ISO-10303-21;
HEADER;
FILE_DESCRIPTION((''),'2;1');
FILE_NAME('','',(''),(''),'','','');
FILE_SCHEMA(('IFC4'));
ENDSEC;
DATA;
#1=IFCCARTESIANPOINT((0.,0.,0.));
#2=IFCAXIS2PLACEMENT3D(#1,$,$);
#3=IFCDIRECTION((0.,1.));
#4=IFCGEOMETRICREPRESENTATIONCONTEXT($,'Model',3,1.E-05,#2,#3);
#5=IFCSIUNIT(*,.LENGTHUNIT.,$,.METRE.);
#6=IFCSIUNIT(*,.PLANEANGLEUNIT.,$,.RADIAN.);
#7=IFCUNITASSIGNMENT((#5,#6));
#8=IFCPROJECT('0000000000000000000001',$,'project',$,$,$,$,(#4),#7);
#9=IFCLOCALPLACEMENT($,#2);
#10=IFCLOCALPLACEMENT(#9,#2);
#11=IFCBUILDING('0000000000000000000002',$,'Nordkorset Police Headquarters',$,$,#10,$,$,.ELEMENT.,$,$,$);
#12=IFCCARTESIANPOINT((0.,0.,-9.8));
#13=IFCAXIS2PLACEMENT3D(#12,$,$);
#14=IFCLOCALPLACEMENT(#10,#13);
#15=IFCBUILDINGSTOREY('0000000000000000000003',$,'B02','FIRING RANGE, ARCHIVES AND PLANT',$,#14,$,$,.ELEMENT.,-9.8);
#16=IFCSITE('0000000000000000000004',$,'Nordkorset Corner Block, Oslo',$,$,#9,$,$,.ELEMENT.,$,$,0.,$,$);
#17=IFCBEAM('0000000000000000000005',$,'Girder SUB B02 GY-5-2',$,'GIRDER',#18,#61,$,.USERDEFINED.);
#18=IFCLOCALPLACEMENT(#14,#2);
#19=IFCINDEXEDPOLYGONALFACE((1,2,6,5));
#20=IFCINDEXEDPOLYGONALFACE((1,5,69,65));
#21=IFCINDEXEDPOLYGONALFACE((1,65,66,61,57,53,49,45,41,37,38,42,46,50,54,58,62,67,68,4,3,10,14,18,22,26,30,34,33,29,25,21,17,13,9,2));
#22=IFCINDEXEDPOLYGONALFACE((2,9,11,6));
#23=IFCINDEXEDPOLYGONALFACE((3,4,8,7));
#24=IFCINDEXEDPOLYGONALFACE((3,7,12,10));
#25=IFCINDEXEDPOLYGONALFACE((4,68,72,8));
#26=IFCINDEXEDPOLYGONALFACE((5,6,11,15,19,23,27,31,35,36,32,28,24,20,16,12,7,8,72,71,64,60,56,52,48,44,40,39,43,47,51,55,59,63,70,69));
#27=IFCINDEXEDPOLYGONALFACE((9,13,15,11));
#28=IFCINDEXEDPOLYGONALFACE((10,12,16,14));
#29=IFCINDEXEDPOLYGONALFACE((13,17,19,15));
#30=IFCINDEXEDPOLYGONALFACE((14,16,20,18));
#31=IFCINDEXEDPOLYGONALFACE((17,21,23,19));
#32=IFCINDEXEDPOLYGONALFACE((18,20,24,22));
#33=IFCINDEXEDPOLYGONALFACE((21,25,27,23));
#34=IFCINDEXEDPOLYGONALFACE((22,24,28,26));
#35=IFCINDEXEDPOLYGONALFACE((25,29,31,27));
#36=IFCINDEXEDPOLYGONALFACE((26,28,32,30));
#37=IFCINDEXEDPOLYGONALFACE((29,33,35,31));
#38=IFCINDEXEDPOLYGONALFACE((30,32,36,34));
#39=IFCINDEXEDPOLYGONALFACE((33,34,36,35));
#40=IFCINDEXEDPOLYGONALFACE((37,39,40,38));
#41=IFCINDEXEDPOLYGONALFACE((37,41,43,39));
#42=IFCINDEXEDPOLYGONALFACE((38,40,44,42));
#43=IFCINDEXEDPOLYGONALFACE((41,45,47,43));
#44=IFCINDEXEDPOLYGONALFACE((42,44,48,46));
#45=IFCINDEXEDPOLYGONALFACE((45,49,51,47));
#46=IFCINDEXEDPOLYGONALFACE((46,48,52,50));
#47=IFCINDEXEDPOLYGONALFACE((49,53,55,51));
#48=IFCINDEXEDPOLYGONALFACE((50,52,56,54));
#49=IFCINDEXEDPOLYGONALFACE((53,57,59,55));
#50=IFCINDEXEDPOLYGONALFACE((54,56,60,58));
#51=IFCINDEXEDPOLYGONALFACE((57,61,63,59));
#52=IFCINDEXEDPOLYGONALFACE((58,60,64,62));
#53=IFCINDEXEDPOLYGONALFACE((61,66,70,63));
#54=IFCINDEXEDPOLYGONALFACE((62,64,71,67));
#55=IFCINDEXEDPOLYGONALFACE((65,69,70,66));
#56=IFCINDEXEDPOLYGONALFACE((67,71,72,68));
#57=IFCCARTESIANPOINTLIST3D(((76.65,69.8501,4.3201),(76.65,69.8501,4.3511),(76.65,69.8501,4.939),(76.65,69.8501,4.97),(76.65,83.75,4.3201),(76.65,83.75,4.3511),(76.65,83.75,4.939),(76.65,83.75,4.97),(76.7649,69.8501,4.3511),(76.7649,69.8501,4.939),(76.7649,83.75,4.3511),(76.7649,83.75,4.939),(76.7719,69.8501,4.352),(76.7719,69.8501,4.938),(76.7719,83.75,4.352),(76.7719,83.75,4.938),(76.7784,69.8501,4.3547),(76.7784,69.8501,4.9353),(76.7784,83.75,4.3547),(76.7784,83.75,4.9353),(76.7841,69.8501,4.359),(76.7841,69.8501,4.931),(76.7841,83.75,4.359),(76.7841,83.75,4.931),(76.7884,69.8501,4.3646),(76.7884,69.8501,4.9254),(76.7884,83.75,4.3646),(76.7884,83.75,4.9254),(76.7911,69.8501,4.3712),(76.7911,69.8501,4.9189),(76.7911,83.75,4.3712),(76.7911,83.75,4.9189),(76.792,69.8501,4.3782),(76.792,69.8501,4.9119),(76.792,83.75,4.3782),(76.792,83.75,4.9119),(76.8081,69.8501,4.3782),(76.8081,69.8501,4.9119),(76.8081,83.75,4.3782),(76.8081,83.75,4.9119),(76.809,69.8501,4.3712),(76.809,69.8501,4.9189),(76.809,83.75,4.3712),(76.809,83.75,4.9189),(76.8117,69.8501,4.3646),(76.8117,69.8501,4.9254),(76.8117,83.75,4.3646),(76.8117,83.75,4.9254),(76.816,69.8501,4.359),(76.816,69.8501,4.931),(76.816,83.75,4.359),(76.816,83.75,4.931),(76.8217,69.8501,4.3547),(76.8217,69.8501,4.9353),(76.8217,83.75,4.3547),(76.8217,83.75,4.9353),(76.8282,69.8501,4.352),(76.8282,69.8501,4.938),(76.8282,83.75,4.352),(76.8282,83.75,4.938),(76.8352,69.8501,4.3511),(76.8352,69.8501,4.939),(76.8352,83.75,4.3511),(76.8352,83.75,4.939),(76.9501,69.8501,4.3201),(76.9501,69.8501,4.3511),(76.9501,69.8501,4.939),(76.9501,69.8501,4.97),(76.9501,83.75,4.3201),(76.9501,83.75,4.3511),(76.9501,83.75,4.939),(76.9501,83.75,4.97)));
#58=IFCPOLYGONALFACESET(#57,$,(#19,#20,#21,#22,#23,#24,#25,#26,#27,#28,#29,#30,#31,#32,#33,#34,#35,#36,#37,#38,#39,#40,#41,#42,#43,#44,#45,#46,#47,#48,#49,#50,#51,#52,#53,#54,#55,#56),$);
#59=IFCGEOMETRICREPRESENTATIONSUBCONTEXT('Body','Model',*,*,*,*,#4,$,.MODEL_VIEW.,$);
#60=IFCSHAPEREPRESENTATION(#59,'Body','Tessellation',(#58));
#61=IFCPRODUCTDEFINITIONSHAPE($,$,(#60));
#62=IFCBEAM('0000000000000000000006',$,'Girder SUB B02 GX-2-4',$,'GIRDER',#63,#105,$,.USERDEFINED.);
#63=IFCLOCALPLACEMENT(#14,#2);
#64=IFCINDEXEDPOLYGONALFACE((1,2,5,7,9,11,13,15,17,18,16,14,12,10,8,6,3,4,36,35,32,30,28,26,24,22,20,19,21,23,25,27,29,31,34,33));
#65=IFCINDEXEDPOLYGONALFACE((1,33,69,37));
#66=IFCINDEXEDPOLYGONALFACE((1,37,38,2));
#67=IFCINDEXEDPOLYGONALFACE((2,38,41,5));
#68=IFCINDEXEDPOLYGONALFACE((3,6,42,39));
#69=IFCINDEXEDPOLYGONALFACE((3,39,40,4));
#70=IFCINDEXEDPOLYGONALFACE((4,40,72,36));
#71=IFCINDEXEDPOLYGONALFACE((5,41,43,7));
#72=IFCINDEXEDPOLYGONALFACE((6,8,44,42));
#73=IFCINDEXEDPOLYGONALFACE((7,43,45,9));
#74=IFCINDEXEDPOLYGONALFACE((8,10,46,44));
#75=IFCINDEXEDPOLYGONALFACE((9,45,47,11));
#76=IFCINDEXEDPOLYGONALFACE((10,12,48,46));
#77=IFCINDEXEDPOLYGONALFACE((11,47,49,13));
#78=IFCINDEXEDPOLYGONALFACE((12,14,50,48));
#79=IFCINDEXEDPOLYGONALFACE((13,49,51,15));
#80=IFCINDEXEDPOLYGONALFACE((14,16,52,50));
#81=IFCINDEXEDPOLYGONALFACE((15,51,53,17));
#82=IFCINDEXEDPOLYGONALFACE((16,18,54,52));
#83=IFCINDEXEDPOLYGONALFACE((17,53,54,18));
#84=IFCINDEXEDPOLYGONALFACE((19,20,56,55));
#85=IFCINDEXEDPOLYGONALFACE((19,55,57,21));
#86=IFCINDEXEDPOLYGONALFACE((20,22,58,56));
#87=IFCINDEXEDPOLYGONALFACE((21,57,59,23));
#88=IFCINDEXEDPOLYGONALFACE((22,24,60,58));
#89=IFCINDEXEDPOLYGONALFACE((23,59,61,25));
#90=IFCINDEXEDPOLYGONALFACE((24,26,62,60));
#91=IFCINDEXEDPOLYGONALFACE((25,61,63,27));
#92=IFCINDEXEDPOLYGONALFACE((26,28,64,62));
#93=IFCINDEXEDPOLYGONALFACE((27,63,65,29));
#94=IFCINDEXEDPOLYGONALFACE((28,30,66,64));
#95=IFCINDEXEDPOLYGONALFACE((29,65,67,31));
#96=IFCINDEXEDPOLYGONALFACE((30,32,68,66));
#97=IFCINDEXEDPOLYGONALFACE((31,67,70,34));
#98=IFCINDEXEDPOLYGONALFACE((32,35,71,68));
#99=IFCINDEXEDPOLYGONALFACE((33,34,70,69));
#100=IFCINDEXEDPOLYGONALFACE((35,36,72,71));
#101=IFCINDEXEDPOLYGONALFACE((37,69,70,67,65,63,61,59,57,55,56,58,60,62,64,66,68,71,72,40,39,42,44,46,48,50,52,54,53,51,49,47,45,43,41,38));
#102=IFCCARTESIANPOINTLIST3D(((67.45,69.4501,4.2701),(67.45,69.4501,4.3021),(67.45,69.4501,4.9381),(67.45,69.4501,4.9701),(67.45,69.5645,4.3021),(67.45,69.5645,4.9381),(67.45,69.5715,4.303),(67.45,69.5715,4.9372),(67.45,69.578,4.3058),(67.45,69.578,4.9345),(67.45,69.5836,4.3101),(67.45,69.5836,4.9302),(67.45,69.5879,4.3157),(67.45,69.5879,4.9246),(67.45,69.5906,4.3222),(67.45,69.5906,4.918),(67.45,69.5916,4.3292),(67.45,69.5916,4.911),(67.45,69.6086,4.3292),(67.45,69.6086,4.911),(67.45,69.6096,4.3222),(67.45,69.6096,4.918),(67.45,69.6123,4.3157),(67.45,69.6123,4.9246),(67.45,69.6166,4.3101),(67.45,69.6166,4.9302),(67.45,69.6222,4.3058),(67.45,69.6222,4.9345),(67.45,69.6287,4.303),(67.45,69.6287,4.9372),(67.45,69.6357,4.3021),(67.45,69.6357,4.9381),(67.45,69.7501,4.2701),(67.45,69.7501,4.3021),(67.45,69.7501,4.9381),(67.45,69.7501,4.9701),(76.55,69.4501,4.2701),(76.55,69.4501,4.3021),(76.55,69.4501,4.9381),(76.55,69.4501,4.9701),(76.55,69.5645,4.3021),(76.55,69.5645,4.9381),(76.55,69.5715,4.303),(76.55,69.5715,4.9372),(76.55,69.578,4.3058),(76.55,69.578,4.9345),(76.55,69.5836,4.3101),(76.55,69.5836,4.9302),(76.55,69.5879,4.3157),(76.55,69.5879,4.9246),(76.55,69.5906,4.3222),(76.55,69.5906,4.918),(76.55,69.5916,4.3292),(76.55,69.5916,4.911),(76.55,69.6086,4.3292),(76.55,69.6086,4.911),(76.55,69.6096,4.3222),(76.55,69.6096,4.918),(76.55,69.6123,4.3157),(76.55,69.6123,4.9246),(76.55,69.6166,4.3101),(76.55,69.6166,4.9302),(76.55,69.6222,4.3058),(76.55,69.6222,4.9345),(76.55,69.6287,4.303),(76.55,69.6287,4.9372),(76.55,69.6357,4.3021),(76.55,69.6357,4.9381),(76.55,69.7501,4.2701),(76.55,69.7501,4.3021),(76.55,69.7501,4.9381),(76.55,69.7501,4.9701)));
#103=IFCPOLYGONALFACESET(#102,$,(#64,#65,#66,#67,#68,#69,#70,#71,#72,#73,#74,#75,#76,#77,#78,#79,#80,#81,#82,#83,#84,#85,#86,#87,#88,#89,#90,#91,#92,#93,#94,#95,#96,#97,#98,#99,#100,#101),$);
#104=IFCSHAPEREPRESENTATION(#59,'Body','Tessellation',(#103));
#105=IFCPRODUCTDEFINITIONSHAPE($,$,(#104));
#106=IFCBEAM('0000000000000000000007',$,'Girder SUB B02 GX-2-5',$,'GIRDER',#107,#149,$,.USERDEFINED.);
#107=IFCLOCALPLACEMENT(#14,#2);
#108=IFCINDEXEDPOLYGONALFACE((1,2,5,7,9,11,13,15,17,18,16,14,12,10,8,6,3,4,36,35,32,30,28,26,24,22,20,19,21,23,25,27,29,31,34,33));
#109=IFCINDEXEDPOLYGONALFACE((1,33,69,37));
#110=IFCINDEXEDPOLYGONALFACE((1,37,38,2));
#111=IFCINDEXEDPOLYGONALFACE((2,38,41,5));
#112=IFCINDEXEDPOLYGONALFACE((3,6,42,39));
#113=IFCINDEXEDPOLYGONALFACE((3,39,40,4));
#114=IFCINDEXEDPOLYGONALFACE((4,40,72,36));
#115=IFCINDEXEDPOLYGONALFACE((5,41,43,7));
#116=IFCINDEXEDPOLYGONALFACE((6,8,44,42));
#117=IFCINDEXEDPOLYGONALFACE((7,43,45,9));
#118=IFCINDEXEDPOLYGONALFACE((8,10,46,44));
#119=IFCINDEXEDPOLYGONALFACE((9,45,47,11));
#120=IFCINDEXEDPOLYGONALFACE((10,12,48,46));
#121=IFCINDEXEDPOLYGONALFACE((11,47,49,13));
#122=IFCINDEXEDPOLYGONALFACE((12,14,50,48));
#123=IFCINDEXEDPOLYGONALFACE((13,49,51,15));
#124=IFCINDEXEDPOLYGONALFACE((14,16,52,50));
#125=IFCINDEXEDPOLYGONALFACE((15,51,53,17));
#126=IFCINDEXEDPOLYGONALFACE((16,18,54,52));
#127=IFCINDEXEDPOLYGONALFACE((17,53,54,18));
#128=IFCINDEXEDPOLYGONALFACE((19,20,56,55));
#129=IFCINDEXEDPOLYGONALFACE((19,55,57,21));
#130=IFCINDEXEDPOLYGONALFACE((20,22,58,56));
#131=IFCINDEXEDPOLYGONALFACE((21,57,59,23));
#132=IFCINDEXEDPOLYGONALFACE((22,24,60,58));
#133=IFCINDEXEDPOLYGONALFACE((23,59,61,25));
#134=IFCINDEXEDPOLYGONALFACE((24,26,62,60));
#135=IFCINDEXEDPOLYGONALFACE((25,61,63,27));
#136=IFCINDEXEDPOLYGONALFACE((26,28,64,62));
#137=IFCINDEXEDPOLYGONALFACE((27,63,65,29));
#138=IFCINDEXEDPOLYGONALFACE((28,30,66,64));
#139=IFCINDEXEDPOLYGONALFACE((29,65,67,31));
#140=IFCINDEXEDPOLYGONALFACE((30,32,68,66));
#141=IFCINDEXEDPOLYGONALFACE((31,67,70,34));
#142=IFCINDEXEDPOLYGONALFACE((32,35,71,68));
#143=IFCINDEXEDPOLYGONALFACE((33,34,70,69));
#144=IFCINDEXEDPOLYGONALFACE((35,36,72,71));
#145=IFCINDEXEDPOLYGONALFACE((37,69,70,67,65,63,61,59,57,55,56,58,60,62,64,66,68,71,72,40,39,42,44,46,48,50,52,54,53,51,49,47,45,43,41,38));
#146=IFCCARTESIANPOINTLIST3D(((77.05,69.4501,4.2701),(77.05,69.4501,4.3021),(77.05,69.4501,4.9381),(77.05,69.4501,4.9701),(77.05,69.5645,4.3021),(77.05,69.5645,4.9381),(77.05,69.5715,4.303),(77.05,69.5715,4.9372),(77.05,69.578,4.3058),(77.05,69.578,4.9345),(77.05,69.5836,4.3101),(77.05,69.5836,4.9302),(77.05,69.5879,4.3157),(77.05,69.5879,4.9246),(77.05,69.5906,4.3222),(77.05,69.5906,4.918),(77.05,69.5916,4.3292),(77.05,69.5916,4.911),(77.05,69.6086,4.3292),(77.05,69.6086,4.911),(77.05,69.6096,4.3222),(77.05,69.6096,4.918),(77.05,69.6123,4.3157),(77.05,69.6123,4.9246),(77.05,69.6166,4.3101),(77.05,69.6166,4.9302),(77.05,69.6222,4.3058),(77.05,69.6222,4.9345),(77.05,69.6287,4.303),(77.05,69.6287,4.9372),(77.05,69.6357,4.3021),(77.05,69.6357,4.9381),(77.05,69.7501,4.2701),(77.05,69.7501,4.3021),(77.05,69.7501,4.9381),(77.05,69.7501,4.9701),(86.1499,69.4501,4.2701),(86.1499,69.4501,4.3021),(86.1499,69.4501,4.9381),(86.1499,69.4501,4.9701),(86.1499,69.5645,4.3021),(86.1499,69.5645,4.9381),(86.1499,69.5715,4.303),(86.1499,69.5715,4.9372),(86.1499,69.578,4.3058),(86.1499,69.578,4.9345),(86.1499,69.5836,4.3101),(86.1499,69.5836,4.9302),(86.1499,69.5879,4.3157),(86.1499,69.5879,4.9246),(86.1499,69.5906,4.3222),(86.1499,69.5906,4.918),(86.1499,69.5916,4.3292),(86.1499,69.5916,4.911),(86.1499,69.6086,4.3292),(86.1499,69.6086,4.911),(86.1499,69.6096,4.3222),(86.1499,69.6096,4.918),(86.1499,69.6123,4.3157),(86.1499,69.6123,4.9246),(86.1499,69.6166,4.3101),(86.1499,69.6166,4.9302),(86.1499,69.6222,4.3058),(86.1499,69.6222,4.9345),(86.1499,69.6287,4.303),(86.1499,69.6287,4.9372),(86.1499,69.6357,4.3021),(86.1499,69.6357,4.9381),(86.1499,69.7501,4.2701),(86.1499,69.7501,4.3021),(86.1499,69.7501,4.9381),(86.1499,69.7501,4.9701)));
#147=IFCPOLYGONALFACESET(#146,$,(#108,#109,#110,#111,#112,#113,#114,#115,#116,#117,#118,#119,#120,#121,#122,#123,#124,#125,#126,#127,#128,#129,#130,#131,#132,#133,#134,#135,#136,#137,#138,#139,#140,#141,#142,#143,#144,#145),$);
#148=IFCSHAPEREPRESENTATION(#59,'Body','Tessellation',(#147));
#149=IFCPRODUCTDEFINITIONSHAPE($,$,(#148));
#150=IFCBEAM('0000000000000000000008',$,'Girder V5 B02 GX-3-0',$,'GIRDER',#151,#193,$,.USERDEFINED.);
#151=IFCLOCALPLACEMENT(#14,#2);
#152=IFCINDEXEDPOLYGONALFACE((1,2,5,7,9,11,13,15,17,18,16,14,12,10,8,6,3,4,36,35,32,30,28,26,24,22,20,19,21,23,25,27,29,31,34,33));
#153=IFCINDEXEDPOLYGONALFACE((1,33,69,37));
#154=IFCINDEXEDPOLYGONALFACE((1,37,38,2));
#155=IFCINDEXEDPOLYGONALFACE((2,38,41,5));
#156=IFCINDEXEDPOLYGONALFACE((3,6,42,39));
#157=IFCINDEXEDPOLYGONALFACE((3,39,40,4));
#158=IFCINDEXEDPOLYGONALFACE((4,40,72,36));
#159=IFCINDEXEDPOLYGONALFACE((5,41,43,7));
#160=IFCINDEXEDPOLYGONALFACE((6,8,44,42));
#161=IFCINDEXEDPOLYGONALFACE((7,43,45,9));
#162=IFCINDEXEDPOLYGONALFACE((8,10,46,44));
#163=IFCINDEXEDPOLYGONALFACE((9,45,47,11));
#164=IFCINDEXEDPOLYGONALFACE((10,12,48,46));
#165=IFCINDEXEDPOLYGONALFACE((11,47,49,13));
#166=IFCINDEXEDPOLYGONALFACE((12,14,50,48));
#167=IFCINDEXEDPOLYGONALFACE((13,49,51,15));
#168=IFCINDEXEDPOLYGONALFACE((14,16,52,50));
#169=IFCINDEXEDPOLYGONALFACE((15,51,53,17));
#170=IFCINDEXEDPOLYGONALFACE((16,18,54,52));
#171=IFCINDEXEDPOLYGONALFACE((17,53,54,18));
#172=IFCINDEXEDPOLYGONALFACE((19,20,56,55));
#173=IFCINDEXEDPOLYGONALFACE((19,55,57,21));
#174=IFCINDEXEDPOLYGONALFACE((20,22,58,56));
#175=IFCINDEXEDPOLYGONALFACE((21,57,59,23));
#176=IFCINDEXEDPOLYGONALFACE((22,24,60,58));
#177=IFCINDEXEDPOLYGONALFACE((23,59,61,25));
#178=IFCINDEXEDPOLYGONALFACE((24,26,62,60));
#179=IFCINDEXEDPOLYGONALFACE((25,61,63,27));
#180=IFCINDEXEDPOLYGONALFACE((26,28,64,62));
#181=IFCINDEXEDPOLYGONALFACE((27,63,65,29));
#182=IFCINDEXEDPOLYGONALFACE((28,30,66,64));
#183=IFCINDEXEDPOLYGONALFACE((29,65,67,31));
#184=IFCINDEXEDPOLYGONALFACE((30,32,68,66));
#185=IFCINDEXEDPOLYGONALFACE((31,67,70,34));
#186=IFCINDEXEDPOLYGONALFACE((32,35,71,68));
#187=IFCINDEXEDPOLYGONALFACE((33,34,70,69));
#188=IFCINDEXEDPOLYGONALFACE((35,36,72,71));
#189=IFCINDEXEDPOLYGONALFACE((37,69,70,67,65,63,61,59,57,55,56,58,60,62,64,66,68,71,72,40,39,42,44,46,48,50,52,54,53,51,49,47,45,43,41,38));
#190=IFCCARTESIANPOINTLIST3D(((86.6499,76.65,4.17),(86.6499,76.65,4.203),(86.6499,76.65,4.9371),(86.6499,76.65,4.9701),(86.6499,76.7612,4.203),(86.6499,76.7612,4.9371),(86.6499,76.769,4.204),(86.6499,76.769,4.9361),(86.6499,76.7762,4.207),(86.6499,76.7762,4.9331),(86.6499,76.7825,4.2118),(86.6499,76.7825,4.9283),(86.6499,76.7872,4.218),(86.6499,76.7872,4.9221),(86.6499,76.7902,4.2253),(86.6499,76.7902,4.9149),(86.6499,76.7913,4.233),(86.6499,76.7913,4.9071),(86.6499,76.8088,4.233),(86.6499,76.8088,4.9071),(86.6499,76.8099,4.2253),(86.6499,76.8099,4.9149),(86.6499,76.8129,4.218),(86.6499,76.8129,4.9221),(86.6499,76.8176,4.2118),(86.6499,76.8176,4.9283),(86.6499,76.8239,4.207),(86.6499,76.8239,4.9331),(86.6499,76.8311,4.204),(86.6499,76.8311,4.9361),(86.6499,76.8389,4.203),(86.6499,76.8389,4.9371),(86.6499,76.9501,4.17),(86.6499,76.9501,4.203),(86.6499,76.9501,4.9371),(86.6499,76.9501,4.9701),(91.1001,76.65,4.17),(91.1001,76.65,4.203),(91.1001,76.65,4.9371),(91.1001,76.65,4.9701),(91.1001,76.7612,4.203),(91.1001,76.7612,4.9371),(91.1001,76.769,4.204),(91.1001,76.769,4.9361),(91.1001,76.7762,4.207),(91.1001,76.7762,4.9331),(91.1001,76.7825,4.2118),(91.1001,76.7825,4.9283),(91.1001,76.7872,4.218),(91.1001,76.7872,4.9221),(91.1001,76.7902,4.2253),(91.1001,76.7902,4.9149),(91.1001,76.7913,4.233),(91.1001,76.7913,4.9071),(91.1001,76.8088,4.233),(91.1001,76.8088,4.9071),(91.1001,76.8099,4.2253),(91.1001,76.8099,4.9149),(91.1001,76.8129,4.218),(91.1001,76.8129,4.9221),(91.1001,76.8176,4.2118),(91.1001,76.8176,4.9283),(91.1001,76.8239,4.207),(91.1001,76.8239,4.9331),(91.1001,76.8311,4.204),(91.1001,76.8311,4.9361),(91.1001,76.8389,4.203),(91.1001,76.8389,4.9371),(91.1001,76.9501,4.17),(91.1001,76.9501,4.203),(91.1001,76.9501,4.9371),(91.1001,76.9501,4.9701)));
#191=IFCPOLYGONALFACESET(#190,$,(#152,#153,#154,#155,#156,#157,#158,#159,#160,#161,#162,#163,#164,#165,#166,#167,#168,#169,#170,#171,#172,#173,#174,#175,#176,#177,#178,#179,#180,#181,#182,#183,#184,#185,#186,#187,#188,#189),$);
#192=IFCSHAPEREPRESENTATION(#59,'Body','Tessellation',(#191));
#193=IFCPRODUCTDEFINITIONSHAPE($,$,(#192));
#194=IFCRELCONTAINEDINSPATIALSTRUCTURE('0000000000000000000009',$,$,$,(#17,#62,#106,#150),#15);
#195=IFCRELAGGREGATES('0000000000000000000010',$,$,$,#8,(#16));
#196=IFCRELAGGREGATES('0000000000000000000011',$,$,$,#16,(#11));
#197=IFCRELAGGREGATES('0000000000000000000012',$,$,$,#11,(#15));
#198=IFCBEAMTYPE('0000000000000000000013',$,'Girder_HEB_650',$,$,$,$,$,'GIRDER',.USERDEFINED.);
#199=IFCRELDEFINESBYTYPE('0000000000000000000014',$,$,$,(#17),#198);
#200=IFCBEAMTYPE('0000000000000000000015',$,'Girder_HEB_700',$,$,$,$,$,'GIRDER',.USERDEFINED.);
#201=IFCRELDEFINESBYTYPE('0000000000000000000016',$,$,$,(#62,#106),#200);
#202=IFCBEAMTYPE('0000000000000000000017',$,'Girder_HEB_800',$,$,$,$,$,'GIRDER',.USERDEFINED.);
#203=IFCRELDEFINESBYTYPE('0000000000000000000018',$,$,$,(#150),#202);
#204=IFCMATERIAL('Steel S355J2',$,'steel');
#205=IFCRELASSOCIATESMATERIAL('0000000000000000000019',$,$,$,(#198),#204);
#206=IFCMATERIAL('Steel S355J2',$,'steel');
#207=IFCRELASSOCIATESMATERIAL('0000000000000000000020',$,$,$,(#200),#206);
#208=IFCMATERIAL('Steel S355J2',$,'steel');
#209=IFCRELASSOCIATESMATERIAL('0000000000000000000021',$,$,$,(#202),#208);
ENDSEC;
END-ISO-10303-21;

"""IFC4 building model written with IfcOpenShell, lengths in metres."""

from ifc_helpers import new_model, si_unit, direction, frame, origin, origin_2d, place, context, subcontext, project, spatial, i_section, extrude, material, material_profile, profile_set, type_object, element, save


model = new_model("IFC4")

# Units and contexts
model_context = context("Model", 3, precision=1e-05, world=origin(), true_north=direction((0.0, 1.0)))
body_context = subcontext(model_context, "Body", "Model", "MODEL_VIEW")
ifc_project = project(units=[si_unit("LENGTHUNIT", "METRE"), si_unit("PLANEANGLEUNIT", "RADIAN")], contexts=[model_context])

# Site, building, storey
site_placement = place(None, origin())
site = spatial("IfcSite", under=ifc_project, at=site_placement, Name="Nordkorset Corner Block, Oslo", CompositionType="ELEMENT", RefElevation=0.0)
building_placement = place(site_placement, origin())
building = spatial("IfcBuilding", under=site, at=building_placement, Name="Nordkorset Police Headquarters", CompositionType="ELEMENT")
storey_placement = place(building_placement, frame((0.0, 0.0, -9.8)))
storey = spatial("IfcBuildingStorey", under=building, at=storey_placement, Name="B02", Description="FIRING RANGE, ARCHIVES AND PLANT", CompositionType="ELEMENT", Elevation=-9.8)

# Beams
ifc_material_1 = material(Name="Steel S355J2", Category="steel")
ifc_material_profile_1 = material_profile(ifc_material_1, i_section(OverallWidth=0.3, OverallDepth=0.6499, WebThickness=0.0161, FlangeThickness=0.031, FilletRadius=0.0271, at=origin_2d()), Name="HEB 650")
ifc_profile_set_1 = profile_set([ifc_material_profile_1], Name="Steel S355J2")
beam_type_1 = type_object("IfcBeamType", Name="Girder_HEB_650", ElementType="GIRDER", PredefinedType="USERDEFINED", material=ifc_profile_set_1)
beam_1_placement = place(storey_placement, frame((76.8, 69.8501, 4.645), z_axis=(0.0, 1.0, 0.0), x_axis=(-1.0, 0.0, 0.0)))
element("IfcBeam", 1, at=beam_1_placement, inside=storey, type_object=beam_type_1, Name="Girder SUB B02 GY-5-2", ObjectType="GIRDER", PredefinedType="USERDEFINED", context=body_context, shape_type="SweptSolid", body=[
    extrude(i_section(OverallWidth=0.3, OverallDepth=0.6499, WebThickness=0.0161, FlangeThickness=0.031, FilletRadius=0.0271, at=origin_2d()), origin(), (0.0, 0.0, 1.0), 13.8999),
])
ifc_material_2 = material(Name="Steel S355J2", Category="steel")
ifc_material_profile_2 = material_profile(ifc_material_2, i_section(OverallWidth=0.3, OverallDepth=0.7, WebThickness=0.0171, FlangeThickness=0.032, FilletRadius=0.0271, at=origin_2d()), Name="HEB 700")
ifc_profile_set_2 = profile_set([ifc_material_profile_2], Name="Steel S355J2")
beam_type_2 = type_object("IfcBeamType", Name="Girder_HEB_700", ElementType="GIRDER", PredefinedType="USERDEFINED", material=ifc_profile_set_2)
beam_2_placement = place(storey_placement, frame((67.45, 69.6001, 4.6201), z_axis=(1.0, 0.0, 0.0), x_axis=(0.0, 1.0, 0.0)))
element("IfcBeam", 2, at=beam_2_placement, inside=storey, type_object=beam_type_2, Name="Girder SUB B02 GX-2-4", ObjectType="GIRDER", PredefinedType="USERDEFINED", context=body_context, shape_type="SweptSolid", body=[
    extrude(i_section(OverallWidth=0.3, OverallDepth=0.7, WebThickness=0.0171, FlangeThickness=0.032, FilletRadius=0.0271, at=origin_2d()), origin(), (0.0, 0.0, 1.0), 9.1001),
])
beam_3_placement = place(storey_placement, frame((77.05, 69.6001, 4.6201), z_axis=(1.0, 0.0, 0.0), x_axis=(0.0, 1.0, 0.0)))
element("IfcBeam", 3, at=beam_3_placement, inside=storey, type_object=beam_type_2, Name="Girder SUB B02 GX-2-5", ObjectType="GIRDER", PredefinedType="USERDEFINED", context=body_context, shape_type="SweptSolid", body=[
    extrude(i_section(OverallWidth=0.3, OverallDepth=0.7, WebThickness=0.0171, FlangeThickness=0.032, FilletRadius=0.0271, at=origin_2d()), origin(), (0.0, 0.0, 1.0), 9.0999),
])
ifc_material_3 = material(Name="Steel S355J2", Category="steel")
ifc_material_profile_3 = material_profile(ifc_material_3, i_section(OverallWidth=0.3, OverallDepth=0.8, WebThickness=0.0176, FlangeThickness=0.033, FilletRadius=0.03, at=origin_2d()), Name="HEB 800")
ifc_profile_set_3 = profile_set([ifc_material_profile_3], Name="Steel S355J2")
beam_type_3 = type_object("IfcBeamType", Name="Girder_HEB_800", ElementType="GIRDER", PredefinedType="USERDEFINED", material=ifc_profile_set_3)
beam_4_placement = place(storey_placement, frame((86.6499, 76.8, 4.5701), z_axis=(1.0, 0.0, 0.0), x_axis=(0.0, 1.0, 0.0)))
element("IfcBeam", 4, at=beam_4_placement, inside=storey, type_object=beam_type_3, Name="Girder V5 B02 GX-3-0", ObjectType="GIRDER", PredefinedType="USERDEFINED", context=body_context, shape_type="SweptSolid", body=[
    extrude(i_section(OverallWidth=0.3, OverallDepth=0.8, WebThickness=0.0176, FlangeThickness=0.033, FilletRadius=0.03, at=origin_2d()), origin(), (0.0, 0.0, 1.0), 4.4502),
])

save(model, "model.ifc")
